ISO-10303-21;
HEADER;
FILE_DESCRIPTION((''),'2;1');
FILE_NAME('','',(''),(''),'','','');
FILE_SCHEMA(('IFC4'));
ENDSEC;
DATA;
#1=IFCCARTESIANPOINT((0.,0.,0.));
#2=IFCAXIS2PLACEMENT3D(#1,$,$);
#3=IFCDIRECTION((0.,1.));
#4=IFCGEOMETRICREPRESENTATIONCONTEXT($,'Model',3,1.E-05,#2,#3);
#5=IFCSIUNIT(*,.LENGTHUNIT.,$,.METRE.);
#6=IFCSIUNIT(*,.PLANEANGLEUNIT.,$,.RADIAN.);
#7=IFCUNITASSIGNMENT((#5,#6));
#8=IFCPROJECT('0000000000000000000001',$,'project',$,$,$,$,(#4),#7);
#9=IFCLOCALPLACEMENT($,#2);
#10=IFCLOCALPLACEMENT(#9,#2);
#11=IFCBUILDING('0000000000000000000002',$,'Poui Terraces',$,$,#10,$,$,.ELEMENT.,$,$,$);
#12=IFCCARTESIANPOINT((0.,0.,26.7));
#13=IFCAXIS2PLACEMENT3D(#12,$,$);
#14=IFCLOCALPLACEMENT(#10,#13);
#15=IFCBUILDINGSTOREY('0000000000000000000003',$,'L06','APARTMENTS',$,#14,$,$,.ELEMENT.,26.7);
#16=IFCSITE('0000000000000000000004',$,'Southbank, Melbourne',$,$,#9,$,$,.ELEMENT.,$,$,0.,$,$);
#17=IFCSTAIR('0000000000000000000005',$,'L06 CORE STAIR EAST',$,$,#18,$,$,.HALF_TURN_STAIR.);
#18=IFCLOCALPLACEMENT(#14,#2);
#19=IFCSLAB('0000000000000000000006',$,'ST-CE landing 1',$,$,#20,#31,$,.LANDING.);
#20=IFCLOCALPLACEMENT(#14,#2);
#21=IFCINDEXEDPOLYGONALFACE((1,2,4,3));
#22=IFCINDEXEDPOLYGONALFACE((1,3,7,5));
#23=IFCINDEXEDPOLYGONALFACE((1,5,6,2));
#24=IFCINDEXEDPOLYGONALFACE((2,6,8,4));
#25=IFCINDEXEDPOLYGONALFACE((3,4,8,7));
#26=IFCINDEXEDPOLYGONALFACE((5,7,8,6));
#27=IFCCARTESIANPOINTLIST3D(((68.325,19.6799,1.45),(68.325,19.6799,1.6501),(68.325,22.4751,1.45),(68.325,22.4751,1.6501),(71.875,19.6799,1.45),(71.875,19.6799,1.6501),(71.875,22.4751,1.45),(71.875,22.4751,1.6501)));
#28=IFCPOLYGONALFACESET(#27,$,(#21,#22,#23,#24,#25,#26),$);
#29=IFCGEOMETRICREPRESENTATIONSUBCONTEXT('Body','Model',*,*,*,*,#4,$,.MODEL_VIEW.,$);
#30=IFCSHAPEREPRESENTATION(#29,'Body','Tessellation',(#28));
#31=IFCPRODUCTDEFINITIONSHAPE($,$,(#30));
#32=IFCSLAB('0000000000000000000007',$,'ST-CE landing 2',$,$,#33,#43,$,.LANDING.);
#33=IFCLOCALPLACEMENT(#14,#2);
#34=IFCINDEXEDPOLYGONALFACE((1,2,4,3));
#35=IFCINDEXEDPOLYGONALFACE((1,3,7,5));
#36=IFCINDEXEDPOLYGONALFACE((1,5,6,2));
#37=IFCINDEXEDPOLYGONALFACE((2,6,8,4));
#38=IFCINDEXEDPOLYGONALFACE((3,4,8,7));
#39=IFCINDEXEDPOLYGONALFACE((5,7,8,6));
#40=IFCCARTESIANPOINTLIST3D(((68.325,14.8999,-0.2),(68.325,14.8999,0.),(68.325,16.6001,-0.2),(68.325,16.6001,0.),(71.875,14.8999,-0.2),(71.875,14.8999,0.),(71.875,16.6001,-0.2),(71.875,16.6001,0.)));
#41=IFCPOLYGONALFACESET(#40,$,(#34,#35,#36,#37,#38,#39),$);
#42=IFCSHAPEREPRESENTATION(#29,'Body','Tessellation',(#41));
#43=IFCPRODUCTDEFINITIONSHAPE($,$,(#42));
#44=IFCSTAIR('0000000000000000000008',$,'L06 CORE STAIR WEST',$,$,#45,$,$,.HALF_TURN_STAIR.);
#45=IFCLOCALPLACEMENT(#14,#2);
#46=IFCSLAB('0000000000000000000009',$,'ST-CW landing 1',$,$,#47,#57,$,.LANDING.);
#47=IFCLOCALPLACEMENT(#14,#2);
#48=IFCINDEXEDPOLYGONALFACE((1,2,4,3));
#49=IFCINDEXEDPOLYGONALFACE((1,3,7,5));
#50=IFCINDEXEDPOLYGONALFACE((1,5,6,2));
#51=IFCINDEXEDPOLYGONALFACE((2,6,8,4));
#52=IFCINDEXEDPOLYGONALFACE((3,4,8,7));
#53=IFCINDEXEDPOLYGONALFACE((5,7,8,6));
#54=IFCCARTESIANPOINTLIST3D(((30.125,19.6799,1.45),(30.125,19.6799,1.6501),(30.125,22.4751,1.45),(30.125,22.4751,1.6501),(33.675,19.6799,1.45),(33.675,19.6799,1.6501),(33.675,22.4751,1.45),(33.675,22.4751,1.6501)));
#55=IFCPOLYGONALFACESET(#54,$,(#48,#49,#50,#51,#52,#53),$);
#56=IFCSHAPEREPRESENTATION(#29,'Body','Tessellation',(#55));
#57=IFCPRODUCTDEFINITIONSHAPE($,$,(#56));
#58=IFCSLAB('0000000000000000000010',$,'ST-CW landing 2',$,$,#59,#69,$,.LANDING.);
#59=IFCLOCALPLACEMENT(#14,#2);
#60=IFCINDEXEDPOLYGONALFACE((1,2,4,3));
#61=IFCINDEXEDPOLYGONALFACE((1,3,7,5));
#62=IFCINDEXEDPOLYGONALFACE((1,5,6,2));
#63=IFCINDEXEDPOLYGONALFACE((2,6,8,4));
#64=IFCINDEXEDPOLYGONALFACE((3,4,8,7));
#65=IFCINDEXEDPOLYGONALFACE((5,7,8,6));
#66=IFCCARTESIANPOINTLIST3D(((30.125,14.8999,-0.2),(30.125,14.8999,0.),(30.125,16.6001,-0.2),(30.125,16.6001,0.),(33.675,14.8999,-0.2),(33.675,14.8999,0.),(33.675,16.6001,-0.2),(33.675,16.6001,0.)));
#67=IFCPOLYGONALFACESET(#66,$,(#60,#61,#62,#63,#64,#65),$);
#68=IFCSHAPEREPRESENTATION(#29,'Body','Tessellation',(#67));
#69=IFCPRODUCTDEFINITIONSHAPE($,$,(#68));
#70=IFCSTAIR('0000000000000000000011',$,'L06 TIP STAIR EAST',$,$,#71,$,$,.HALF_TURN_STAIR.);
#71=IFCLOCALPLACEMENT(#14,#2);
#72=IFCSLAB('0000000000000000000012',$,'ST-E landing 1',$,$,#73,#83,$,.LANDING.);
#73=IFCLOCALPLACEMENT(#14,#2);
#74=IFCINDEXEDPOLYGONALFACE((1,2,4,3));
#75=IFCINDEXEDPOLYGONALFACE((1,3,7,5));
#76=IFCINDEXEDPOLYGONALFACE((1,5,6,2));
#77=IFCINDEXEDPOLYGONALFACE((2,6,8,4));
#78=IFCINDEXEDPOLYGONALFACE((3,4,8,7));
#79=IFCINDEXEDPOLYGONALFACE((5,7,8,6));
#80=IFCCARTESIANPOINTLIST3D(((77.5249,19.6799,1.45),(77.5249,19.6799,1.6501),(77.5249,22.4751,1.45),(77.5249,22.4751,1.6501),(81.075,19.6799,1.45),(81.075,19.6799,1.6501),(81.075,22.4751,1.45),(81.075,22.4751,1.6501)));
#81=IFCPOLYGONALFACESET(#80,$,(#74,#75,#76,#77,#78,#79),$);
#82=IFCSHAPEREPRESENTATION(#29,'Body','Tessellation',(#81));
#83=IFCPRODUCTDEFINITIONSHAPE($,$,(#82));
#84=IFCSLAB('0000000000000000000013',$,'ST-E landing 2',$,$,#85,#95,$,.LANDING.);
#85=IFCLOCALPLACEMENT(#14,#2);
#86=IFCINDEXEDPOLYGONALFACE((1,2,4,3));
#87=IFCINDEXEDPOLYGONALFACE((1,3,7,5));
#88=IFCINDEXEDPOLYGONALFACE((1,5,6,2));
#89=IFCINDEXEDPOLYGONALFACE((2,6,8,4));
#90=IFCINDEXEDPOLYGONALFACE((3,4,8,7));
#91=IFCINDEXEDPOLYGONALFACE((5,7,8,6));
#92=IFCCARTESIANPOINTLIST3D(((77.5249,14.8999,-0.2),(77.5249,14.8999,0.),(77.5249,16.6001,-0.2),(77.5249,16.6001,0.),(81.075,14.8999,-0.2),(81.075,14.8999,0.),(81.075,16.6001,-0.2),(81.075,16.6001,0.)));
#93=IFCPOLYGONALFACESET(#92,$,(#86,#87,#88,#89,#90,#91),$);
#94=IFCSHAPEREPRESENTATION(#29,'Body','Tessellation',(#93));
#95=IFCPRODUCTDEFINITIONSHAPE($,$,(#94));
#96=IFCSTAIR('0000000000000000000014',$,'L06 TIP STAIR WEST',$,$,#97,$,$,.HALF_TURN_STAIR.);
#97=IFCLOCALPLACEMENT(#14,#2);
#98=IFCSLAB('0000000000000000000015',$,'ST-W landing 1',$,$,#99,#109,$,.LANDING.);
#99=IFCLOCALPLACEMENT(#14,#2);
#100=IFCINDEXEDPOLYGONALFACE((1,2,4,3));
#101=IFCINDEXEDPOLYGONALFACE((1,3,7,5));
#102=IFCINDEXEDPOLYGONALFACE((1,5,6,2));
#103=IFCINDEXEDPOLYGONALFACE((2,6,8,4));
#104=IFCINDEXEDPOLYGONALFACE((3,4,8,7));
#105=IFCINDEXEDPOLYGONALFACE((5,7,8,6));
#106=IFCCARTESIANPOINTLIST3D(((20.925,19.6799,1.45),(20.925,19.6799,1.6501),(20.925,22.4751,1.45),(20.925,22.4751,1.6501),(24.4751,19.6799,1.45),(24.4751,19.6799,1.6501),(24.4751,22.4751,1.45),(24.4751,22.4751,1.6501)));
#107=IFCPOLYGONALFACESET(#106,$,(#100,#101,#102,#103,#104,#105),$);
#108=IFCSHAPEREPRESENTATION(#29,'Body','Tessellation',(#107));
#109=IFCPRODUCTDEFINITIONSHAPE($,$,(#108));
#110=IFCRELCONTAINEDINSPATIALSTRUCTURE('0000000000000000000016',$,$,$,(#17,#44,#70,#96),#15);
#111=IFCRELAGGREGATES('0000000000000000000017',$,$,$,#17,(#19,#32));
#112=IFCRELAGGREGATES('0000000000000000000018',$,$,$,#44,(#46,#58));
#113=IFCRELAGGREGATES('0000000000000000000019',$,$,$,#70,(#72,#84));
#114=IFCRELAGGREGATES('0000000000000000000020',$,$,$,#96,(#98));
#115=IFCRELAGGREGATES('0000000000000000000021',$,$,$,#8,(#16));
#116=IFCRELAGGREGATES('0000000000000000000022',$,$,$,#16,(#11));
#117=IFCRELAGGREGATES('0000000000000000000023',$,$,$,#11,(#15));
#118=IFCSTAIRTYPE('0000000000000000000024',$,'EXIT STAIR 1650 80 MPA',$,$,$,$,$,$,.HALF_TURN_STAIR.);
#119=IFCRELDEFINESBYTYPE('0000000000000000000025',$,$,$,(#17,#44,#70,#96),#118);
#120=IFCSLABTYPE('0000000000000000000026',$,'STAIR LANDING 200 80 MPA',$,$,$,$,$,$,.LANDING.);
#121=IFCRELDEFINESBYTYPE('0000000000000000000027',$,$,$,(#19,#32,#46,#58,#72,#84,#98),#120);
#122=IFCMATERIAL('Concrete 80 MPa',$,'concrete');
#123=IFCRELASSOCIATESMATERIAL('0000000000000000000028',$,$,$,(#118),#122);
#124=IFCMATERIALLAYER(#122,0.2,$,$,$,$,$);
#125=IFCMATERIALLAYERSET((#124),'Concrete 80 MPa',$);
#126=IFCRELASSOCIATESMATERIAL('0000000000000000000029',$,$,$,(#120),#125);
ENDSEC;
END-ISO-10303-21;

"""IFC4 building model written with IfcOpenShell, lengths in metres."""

from ifc_helpers import new_model, si_unit, direction, frame, origin, place, context, subcontext, project, spatial, polyline, outline, extrude, material, layer, layer_set, type_object, element, aggregate, save


model = new_model("IFC4")

# Units and contexts
model_context = context("Model", 3, precision=1e-05, world=origin(), true_north=direction((0.0, 1.0)))
body_context = subcontext(model_context, "Body", "Model", "MODEL_VIEW")
ifc_project = project(units=[si_unit("LENGTHUNIT", "METRE"), si_unit("PLANEANGLEUNIT", "RADIAN")], contexts=[model_context])

# Site, building, storey
site_placement = place(None, origin())
site = spatial("IfcSite", under=ifc_project, at=site_placement, Name="Southbank, Melbourne", CompositionType="ELEMENT", RefElevation=0.0)
building_placement = place(site_placement, origin())
building = spatial("IfcBuilding", under=site, at=building_placement, Name="Poui Terraces", CompositionType="ELEMENT")
storey_placement = place(building_placement, frame((0.0, 0.0, 26.7)))
storey = spatial("IfcBuildingStorey", under=building, at=storey_placement, Name="L06", Description="APARTMENTS", CompositionType="ELEMENT", Elevation=26.7)

# Stairs, slabs
ifc_material = material(Name="Concrete 80 MPa", Category="concrete")
stair_type = type_object("IfcStairType", Name="EXIT STAIR 1650 80 MPA", PredefinedType="HALF_TURN_STAIR", material=ifc_material)
stair_1_placement = place(storey_placement, origin())
stair_1 = element("IfcStair", 1, at=stair_1_placement, inside=storey, type_object=stair_type, Name="L06 CORE STAIR EAST", PredefinedType="HALF_TURN_STAIR")
ifc_layer = layer(ifc_material, 0.2)
ifc_layer_set = layer_set([ifc_layer], Name="Concrete 80 MPa")
slab_type = type_object("IfcSlabType", Name="STAIR LANDING 200 80 MPA", PredefinedType="LANDING", material=ifc_layer_set)
slab_1_placement = place(storey_placement, frame((0.0, 0.0, 1.45)))
slab_1 = element("IfcSlab", 2, at=slab_1_placement, type_object=slab_type, Name="ST-CE landing 1", PredefinedType="LANDING", context=body_context, shape_type="SweptSolid", body=[
    extrude(outline(polyline([(68.325, 19.6799), (71.875, 19.6799), (71.875, 22.4751), (68.325, 22.4751), (68.325, 19.6799)])), origin(), (0.0, 0.0, 1.0), 0.2002),
])
slab_2_placement = place(storey_placement, frame((0.0, 0.0, -0.2)))
slab_2 = element("IfcSlab", 3, at=slab_2_placement, type_object=slab_type, Name="ST-CE landing 2", PredefinedType="LANDING", context=body_context, shape_type="SweptSolid", body=[
    extrude(outline(polyline([(68.325, 14.8999), (71.875, 14.8999), (71.875, 16.6001), (68.325, 16.6001), (68.325, 14.8999)])), origin(), (0.0, 0.0, 1.0), 0.2),
])
aggregate(stair_1, [slab_1, slab_2])
stair_2_placement = place(storey_placement, origin())
stair_2 = element("IfcStair", 4, at=stair_2_placement, inside=storey, type_object=stair_type, Name="L06 CORE STAIR WEST", PredefinedType="HALF_TURN_STAIR")
slab_3_placement = place(storey_placement, frame((0.0, 0.0, 1.45)))
slab_3 = element("IfcSlab", 5, at=slab_3_placement, type_object=slab_type, Name="ST-CW landing 1", PredefinedType="LANDING", context=body_context, shape_type="SweptSolid", body=[
    extrude(outline(polyline([(30.125, 19.6799), (33.675, 19.6799), (33.675, 22.4751), (30.125, 22.4751), (30.125, 19.6799)])), origin(), (0.0, 0.0, 1.0), 0.2002),
])
slab_4_placement = place(storey_placement, frame((0.0, 0.0, -0.2)))
slab_4 = element("IfcSlab", 6, at=slab_4_placement, type_object=slab_type, Name="ST-CW landing 2", PredefinedType="LANDING", context=body_context, shape_type="SweptSolid", body=[
    extrude(outline(polyline([(30.125, 14.8999), (33.675, 14.8999), (33.675, 16.6001), (30.125, 16.6001), (30.125, 14.8999)])), origin(), (0.0, 0.0, 1.0), 0.2),
])
aggregate(stair_2, [slab_3, slab_4])
stair_3_placement = place(storey_placement, origin())
stair_3 = element("IfcStair", 7, at=stair_3_placement, inside=storey, type_object=stair_type, Name="L06 TIP STAIR EAST", PredefinedType="HALF_TURN_STAIR")
slab_5_placement = place(storey_placement, frame((0.0, 0.0, 1.45)))
slab_5 = element("IfcSlab", 8, at=slab_5_placement, type_object=slab_type, Name="ST-E landing 1", PredefinedType="LANDING", context=body_context, shape_type="SweptSolid", body=[
    extrude(outline(polyline([(77.5249, 19.6799), (81.075, 19.6799), (81.075, 22.4751), (77.5249, 22.4751), (77.5249, 19.6799)])), origin(), (0.0, 0.0, 1.0), 0.2002),
])
slab_6_placement = place(storey_placement, frame((0.0, 0.0, -0.2)))
slab_6 = element("IfcSlab", 9, at=slab_6_placement, type_object=slab_type, Name="ST-E landing 2", PredefinedType="LANDING", context=body_context, shape_type="SweptSolid", body=[
    extrude(outline(polyline([(77.5249, 14.8999), (81.075, 14.8999), (81.075, 16.6001), (77.5249, 16.6001), (77.5249, 14.8999)])), origin(), (0.0, 0.0, 1.0), 0.2),
])
aggregate(stair_3, [slab_5, slab_6])

# Stair, slab
stair_4_placement = place(storey_placement, origin())
stair_4 = element("IfcStair", 10, at=stair_4_placement, inside=storey, type_object=stair_type, Name="L06 TIP STAIR WEST", PredefinedType="HALF_TURN_STAIR")
slab_7_placement = place(storey_placement, frame((0.0, 0.0, 1.45)))
slab_7 = element("IfcSlab", 11, at=slab_7_placement, type_object=slab_type, Name="ST-W landing 1", PredefinedType="LANDING", context=body_context, shape_type="SweptSolid", body=[
    extrude(outline(polyline([(20.925, 19.6799), (24.4751, 19.6799), (24.4751, 22.4751), (20.925, 22.4751), (20.925, 19.6799)])), origin(), (0.0, 0.0, 1.0), 0.2002),
])
aggregate(stair_4, [slab_7])

save(model, "model.ifc")
